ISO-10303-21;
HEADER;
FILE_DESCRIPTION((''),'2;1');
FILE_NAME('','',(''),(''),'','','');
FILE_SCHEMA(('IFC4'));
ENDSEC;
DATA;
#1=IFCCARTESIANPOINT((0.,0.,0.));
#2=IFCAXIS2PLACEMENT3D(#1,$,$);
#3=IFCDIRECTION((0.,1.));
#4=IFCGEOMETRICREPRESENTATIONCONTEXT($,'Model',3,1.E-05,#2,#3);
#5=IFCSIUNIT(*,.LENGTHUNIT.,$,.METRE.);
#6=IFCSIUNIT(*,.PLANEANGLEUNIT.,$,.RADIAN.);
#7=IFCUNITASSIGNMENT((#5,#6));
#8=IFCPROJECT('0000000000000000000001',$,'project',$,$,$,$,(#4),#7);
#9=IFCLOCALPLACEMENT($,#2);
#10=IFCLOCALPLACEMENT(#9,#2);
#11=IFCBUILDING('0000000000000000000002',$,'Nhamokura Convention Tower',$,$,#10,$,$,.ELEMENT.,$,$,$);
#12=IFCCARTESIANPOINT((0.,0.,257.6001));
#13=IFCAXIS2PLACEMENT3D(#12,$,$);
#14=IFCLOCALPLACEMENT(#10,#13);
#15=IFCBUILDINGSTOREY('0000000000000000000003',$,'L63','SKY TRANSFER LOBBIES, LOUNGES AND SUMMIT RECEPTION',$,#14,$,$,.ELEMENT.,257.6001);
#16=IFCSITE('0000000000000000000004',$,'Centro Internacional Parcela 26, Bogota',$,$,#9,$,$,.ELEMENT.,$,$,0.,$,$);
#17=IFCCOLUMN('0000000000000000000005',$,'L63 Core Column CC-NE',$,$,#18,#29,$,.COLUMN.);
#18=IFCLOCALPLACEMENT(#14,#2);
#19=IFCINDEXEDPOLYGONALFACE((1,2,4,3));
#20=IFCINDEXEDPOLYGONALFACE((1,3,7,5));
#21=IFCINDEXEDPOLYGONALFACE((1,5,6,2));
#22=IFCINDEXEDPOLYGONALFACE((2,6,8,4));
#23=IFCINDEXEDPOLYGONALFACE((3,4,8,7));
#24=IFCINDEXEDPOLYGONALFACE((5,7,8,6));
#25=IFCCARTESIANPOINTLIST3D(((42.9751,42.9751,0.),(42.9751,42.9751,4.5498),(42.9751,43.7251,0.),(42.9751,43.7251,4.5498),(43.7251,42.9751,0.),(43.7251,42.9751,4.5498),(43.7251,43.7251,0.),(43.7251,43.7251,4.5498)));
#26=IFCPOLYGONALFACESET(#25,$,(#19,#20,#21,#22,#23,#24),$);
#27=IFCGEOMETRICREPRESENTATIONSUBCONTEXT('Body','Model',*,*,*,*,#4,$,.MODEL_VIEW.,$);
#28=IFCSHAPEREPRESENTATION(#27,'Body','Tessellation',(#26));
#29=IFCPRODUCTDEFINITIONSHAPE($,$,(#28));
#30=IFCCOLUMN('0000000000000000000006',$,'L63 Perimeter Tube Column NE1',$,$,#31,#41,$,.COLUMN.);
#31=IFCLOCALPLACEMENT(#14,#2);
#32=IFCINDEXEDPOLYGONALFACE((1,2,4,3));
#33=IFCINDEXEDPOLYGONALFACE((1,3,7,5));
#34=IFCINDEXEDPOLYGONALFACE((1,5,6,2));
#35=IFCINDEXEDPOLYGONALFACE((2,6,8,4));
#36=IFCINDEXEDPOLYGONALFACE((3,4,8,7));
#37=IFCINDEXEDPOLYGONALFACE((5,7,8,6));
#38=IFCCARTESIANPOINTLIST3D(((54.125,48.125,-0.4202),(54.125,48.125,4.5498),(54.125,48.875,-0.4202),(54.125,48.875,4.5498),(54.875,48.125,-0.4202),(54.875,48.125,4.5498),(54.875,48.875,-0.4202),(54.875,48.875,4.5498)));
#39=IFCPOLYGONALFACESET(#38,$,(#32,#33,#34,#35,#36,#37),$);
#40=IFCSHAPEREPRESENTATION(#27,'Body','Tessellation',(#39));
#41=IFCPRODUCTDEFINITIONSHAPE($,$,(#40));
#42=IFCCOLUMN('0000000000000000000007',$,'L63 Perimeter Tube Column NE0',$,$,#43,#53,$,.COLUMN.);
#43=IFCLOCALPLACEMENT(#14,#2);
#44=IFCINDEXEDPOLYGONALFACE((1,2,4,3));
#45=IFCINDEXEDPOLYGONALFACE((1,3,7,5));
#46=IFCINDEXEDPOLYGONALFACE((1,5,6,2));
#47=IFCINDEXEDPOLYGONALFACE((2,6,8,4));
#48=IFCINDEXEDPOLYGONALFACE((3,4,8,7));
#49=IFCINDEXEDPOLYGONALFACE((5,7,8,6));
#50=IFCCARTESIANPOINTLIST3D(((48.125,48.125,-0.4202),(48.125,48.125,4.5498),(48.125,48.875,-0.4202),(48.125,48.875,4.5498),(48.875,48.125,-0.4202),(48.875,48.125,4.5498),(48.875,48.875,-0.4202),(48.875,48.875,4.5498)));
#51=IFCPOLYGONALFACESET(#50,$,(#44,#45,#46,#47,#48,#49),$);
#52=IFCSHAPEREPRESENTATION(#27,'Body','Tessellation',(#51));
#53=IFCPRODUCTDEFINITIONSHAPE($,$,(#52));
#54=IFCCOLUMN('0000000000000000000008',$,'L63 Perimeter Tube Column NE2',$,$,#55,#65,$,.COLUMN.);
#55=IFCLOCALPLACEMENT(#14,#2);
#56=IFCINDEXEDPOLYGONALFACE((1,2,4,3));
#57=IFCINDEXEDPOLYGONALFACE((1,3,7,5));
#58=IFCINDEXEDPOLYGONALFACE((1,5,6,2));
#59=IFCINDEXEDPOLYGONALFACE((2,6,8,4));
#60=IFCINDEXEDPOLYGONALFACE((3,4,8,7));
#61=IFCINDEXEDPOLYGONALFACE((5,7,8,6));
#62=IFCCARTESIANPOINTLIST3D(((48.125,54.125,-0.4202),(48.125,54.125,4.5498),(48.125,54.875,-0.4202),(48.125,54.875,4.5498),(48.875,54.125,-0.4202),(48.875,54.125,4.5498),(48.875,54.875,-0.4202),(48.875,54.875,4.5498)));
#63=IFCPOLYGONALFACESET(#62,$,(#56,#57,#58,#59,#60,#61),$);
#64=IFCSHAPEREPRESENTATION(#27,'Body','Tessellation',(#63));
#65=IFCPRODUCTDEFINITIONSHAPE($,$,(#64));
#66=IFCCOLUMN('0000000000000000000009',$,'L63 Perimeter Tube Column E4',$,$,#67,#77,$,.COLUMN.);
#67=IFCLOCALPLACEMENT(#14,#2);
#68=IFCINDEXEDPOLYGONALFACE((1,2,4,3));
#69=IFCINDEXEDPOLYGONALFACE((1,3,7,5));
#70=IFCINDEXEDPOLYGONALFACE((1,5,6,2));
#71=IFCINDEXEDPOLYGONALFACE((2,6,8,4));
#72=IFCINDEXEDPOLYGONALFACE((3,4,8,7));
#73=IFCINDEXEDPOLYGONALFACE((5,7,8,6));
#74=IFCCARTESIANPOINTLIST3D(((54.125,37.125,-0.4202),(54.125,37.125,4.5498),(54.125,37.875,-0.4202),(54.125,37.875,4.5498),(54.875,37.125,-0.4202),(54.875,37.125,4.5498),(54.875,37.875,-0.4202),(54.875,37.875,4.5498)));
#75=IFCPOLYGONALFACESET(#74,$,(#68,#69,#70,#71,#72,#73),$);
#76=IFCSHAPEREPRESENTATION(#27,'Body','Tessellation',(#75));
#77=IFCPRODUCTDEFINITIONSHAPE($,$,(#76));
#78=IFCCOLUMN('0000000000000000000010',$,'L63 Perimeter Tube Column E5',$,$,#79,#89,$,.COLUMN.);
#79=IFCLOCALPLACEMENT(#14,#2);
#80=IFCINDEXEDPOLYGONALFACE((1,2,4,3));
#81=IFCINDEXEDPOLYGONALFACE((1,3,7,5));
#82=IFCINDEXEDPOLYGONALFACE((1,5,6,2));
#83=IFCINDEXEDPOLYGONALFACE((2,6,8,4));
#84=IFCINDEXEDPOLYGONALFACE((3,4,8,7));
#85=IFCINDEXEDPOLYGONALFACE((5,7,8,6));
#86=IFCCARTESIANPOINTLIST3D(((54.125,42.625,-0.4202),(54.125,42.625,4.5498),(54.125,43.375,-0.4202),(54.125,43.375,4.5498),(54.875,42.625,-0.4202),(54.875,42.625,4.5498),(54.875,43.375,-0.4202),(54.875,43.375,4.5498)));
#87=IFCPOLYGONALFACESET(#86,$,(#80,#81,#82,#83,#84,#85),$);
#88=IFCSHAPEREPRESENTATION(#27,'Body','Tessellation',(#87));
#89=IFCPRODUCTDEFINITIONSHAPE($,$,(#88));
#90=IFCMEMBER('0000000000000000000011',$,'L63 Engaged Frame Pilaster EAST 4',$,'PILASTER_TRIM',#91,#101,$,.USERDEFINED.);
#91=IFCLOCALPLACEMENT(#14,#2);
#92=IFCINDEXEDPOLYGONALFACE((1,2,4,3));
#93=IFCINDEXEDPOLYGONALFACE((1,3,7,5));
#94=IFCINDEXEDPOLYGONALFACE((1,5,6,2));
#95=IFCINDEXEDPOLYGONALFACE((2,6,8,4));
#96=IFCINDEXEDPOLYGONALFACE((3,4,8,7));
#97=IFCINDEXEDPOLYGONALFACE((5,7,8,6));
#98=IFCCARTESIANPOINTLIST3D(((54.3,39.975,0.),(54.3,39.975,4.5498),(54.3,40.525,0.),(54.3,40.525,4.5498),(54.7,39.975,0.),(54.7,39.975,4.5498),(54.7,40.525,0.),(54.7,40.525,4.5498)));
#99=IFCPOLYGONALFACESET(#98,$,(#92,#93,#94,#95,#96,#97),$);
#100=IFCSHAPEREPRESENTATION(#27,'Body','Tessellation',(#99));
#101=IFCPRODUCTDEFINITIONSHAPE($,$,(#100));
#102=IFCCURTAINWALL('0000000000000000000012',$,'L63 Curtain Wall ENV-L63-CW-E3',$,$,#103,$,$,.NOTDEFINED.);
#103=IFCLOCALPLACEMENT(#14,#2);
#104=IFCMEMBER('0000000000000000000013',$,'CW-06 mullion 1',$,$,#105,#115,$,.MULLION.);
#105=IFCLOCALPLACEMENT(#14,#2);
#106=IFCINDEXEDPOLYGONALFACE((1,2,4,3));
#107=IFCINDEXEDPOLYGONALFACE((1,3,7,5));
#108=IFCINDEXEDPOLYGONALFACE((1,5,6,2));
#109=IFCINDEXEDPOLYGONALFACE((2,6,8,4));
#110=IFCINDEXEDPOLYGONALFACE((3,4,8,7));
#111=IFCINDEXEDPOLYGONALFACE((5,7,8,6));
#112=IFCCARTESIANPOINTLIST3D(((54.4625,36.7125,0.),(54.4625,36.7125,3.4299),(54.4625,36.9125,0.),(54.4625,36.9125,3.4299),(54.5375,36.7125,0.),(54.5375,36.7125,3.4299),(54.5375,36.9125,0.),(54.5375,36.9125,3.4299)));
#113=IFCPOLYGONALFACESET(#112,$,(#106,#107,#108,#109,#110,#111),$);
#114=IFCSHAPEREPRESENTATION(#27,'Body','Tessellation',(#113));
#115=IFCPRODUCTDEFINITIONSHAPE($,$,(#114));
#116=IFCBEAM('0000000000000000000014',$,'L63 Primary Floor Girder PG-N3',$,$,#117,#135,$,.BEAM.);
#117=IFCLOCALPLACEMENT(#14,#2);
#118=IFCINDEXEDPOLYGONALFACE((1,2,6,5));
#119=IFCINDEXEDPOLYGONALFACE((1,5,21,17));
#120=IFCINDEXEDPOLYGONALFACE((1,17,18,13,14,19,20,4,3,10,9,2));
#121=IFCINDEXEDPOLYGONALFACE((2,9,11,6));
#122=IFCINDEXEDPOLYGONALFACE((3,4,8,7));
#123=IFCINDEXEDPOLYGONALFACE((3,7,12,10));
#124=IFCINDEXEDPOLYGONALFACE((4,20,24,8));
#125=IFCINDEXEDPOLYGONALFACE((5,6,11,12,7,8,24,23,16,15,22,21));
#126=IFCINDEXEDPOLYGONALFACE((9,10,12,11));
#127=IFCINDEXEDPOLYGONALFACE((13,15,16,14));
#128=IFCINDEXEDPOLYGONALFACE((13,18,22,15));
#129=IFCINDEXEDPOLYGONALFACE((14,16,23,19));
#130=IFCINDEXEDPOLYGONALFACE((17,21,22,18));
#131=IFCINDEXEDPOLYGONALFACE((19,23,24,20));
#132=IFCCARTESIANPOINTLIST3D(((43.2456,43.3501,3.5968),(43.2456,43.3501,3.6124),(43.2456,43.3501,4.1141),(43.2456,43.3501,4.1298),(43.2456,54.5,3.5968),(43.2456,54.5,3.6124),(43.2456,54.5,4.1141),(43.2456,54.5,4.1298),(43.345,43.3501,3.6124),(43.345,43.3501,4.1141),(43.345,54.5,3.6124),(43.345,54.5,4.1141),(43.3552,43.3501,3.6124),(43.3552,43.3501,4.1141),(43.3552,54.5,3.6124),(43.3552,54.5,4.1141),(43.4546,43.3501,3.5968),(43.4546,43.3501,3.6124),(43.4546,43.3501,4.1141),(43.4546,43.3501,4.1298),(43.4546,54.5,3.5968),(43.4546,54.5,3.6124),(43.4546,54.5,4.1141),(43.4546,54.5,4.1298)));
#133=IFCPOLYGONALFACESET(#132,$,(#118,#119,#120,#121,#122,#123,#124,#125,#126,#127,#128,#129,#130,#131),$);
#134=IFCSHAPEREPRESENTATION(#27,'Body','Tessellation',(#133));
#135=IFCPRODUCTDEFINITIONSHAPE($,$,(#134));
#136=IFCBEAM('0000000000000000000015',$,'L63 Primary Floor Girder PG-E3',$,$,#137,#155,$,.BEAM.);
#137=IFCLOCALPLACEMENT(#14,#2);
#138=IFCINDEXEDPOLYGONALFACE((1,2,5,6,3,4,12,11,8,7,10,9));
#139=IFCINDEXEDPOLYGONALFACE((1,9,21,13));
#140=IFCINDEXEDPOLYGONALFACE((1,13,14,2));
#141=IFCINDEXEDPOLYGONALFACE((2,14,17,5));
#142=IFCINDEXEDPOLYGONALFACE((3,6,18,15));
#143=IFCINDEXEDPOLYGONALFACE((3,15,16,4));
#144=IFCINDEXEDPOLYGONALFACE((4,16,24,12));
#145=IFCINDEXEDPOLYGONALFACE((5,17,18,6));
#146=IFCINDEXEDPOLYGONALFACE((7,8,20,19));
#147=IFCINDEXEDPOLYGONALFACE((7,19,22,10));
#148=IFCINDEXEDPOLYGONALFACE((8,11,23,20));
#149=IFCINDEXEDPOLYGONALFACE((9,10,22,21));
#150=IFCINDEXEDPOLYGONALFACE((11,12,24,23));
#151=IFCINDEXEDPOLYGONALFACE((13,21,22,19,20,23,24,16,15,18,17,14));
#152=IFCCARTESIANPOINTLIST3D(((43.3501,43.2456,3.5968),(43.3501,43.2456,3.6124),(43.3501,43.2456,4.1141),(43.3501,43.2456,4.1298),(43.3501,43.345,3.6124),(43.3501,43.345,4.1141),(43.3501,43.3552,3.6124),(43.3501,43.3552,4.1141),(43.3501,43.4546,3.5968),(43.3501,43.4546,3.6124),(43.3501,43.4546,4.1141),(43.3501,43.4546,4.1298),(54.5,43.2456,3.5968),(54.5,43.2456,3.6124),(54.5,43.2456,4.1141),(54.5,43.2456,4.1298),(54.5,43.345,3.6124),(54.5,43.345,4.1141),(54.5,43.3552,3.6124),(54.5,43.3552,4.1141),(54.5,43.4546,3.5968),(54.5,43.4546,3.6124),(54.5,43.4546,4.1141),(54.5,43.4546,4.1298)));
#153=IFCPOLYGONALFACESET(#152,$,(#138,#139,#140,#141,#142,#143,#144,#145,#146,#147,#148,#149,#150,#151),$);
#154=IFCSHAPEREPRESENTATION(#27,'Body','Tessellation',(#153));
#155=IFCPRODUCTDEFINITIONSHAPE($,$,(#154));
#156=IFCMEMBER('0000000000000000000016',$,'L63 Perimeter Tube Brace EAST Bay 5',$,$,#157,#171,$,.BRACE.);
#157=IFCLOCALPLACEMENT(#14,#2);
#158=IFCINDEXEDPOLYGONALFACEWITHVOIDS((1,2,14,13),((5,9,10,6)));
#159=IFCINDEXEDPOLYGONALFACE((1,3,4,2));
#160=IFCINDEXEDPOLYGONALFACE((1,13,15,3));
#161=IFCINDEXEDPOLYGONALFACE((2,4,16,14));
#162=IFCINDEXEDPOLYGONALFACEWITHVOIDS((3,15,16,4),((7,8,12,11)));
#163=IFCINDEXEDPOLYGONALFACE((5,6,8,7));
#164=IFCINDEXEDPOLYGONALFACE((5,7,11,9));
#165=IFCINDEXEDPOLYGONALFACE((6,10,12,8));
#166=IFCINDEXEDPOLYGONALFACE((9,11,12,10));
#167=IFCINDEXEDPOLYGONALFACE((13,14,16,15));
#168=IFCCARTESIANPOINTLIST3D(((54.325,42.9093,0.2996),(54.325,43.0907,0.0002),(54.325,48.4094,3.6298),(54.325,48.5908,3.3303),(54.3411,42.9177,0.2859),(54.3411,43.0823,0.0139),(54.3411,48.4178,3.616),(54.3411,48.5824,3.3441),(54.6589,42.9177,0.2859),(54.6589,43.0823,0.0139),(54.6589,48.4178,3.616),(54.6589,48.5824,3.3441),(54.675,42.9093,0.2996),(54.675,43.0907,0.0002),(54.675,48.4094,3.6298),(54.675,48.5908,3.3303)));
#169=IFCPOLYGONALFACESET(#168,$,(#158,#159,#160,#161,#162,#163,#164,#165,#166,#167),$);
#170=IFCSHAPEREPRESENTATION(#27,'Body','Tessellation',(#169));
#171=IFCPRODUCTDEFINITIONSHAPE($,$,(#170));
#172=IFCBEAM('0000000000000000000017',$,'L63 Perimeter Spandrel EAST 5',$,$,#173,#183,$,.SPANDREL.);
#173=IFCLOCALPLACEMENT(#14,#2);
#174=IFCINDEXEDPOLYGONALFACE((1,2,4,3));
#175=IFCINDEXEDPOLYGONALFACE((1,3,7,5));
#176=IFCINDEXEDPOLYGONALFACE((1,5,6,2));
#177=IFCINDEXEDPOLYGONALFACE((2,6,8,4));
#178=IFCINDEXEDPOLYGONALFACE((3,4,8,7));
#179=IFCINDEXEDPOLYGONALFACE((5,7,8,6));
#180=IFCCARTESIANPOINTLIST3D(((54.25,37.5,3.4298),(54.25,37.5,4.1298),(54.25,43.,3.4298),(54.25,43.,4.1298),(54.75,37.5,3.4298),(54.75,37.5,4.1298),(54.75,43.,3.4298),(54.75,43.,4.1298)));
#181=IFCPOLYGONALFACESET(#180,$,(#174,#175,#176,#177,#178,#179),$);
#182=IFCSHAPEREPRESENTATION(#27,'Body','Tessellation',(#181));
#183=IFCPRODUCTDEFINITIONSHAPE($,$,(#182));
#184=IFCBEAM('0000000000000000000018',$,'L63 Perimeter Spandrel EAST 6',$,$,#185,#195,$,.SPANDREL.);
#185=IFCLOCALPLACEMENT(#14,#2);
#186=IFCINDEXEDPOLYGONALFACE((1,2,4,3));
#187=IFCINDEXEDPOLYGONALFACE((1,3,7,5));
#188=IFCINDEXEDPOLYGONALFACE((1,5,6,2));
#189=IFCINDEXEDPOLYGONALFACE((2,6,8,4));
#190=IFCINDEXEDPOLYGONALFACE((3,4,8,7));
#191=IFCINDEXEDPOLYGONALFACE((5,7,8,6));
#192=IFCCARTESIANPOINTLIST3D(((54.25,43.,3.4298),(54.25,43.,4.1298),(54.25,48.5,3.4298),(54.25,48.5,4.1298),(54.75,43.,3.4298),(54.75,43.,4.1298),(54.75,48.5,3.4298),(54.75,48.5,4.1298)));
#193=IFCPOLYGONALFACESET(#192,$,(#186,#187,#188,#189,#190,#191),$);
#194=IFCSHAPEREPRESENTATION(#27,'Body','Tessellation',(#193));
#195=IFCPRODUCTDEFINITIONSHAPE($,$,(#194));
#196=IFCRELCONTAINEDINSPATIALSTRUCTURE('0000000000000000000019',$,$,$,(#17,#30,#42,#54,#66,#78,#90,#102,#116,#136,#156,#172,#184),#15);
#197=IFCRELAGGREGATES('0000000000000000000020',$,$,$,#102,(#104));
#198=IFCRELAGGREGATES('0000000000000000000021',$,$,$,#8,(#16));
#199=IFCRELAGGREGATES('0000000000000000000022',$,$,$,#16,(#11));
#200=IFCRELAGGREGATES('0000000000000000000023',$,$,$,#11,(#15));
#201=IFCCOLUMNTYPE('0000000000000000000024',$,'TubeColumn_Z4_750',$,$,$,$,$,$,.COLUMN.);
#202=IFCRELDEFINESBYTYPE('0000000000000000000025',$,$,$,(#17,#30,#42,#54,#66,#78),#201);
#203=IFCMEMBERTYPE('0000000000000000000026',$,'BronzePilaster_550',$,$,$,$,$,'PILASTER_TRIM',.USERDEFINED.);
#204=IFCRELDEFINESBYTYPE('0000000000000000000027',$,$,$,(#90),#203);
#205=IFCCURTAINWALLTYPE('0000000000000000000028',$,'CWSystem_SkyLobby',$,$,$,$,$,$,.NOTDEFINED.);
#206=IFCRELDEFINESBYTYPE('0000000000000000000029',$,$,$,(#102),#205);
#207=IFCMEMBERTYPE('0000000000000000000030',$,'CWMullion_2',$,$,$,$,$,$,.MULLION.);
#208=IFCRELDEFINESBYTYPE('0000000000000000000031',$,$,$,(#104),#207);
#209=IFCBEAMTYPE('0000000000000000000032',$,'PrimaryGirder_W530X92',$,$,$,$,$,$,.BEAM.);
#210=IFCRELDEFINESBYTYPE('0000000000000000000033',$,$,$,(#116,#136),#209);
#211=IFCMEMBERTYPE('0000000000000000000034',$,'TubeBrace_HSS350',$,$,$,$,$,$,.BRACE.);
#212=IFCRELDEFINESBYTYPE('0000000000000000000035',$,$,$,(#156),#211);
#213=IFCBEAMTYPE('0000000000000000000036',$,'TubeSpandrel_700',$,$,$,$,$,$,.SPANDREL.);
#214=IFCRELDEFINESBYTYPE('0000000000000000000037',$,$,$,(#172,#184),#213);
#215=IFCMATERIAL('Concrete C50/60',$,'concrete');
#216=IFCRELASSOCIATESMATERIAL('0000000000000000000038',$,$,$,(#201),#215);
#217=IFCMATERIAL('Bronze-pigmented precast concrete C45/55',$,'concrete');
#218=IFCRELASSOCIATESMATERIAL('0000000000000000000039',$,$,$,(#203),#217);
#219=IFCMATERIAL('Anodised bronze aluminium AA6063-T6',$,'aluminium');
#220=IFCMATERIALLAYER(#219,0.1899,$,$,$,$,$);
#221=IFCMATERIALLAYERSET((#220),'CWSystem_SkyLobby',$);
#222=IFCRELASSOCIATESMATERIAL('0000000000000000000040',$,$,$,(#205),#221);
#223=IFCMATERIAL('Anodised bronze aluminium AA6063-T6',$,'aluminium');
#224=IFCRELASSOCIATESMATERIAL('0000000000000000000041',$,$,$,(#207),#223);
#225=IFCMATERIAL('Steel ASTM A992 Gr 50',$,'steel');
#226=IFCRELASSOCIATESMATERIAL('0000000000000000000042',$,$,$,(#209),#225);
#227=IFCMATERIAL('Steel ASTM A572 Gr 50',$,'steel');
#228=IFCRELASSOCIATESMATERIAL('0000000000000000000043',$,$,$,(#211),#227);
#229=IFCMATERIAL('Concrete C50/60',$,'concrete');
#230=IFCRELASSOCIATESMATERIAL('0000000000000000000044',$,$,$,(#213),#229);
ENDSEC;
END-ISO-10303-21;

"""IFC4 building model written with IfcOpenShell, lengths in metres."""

from ifc_helpers import new_model, si_unit, direction, frame, origin, origin_2d, place, context, subcontext, project, spatial, rectangle, hollow_rectangle, i_section, extrude, material, layer, layer_set, material_profile, profile_set, type_object, element, aggregate, save


model = new_model("IFC4")

# Units and contexts
model_context = context("Model", 3, precision=1e-05, world=origin(), true_north=direction((0.0, 1.0)))
body_context = subcontext(model_context, "Body", "Model", "MODEL_VIEW")
ifc_project = project(units=[si_unit("LENGTHUNIT", "METRE"), si_unit("PLANEANGLEUNIT", "RADIAN")], contexts=[model_context])

# Site, building, storey
site_placement = place(None, origin())
site = spatial("IfcSite", under=ifc_project, at=site_placement, Name="Centro Internacional Parcela 26, Bogota", CompositionType="ELEMENT", RefElevation=0.0)
building_placement = place(site_placement, origin())
building = spatial("IfcBuilding", under=site, at=building_placement, Name="Nhamokura Convention Tower", CompositionType="ELEMENT")
storey_placement = place(building_placement, frame((0.0, 0.0, 257.6001)))
storey = spatial("IfcBuildingStorey", under=building, at=storey_placement, Name="L63", Description="SKY TRANSFER LOBBIES, LOUNGES AND SUMMIT RECEPTION", CompositionType="ELEMENT", Elevation=257.6001)

# Columns
ifc_material_1 = material(Name="Concrete C50/60", Category="concrete")
ifc_material_profile_1 = material_profile(ifc_material_1, rectangle(XDim=0.75, YDim=0.75, at=origin_2d()))
ifc_profile_set_1 = profile_set([ifc_material_profile_1], Name="Concrete C50/60")
column_type = type_object("IfcColumnType", Name="TubeColumn_Z4_750", PredefinedType="COLUMN", material=ifc_profile_set_1)
column_placement = place(storey_placement, frame((43.3501, 43.3501, 0.0), z_axis=(0.0, 0.0, 1.0), x_axis=(1.0, 0.0, 0.0)))
element("IfcColumn", 1, at=column_placement, inside=storey, type_object=column_type, Name="L63 Core Column CC-NE", PredefinedType="COLUMN", context=body_context, shape_type="SweptSolid", body=[
    extrude(rectangle(XDim=0.75, YDim=0.75, at=origin_2d()), origin(), (0.0, 0.0, 1.0), 4.5498),
])
for number, where, z_axis, x_axis, name in (
    (2, (54.5, 48.5, -0.4202), (0.0, 0.0, 1.0), (1.0, 0.0, 0.0), "L63 Perimeter Tube Column NE1"),
    (3, (48.5, 48.5, -0.4202), (0.0, 0.0, 1.0), (1.0, 0.0, 0.0), "L63 Perimeter Tube Column NE0"),
    (4, (48.5, 54.5, -0.4202), (0.0, 0.0, 1.0), (1.0, 0.0, 0.0), "L63 Perimeter Tube Column NE2"),
    (5, (54.5, 37.5, -0.4202), (0.0, 0.0, 1.0), (1.0, 0.0, 0.0), "L63 Perimeter Tube Column E4"),
    (6, (54.5, 43.0, -0.4202), (0.0, 0.0, 1.0), (1.0, 0.0, 0.0), "L63 Perimeter Tube Column E5"),
):
    element("IfcColumn", number, at=place(storey_placement, frame(where, z_axis=z_axis, x_axis=x_axis)), inside=storey, type_object=column_type, Name=name, PredefinedType="COLUMN", context=body_context, shape_type="SweptSolid", body=[
        extrude(rectangle(XDim=0.75, YDim=0.75, at=origin_2d()), origin(), (0.0, 0.0, 1.0), 4.97),
    ])

# Member
ifc_material_2 = material(Name="Bronze-pigmented precast concrete C45/55", Category="concrete")
ifc_material_profile_2 = material_profile(ifc_material_2, rectangle(XDim=0.3999, YDim=0.55, at=origin_2d()))
ifc_profile_set_2 = profile_set([ifc_material_profile_2], Name="Bronze-pigmented precast concrete C45/55")
member_type_1 = type_object("IfcMemberType", Name="BronzePilaster_550", ElementType="PILASTER_TRIM", PredefinedType="USERDEFINED", material=ifc_profile_set_2)
member_1_placement = place(storey_placement, frame((54.5, 40.25, 0.0), z_axis=(0.0, 0.0, 1.0), x_axis=(1.0, 0.0, 0.0)))
element("IfcMember", 7, at=member_1_placement, inside=storey, type_object=member_type_1, Name="L63 Engaged Frame Pilaster EAST 4", ObjectType="PILASTER_TRIM", PredefinedType="USERDEFINED", context=body_context, shape_type="SweptSolid", body=[
    extrude(rectangle(XDim=0.3999, YDim=0.55, at=origin_2d()), origin(), (0.0, 0.0, 1.0), 4.5498),
])

# Curtain wall, member
ifc_material_3 = material(Name="Anodised bronze aluminium AA6063-T6", Category="aluminium")
ifc_layer_1 = layer(ifc_material_3, 0.1899)
ifc_layer_set_1 = layer_set([ifc_layer_1], Name="CWSystem_SkyLobby")
curtain_wall_type = type_object("IfcCurtainWallType", Name="CWSystem_SkyLobby", PredefinedType="NOTDEFINED", material=ifc_layer_set_1)
curtain_wall_placement = place(storey_placement, origin())
curtain_wall = element("IfcCurtainWall", 8, at=curtain_wall_placement, inside=storey, type_object=curtain_wall_type, Name="L63 Curtain Wall ENV-L63-CW-E3", PredefinedType="NOTDEFINED")
ifc_material_4 = material(Name="Anodised bronze aluminium AA6063-T6", Category="aluminium")
ifc_material_profile_3 = material_profile(ifc_material_4, rectangle(XDim=0.075, YDim=0.2, at=origin_2d()))
ifc_profile_set_3 = profile_set([ifc_material_profile_3], Name="Anodised bronze aluminium AA6063-T6")
member_type_2 = type_object("IfcMemberType", Name="CWMullion_2", PredefinedType="MULLION", material=ifc_profile_set_3)
member_2_placement = place(storey_placement, frame((54.5, 36.8125, 0.0), z_axis=(0.0, 0.0, 1.0), x_axis=(1.0, 0.0, 0.0)))
member_2 = element("IfcMember", 9, at=member_2_placement, type_object=member_type_2, Name="CW-06 mullion 1", PredefinedType="MULLION", context=body_context, shape_type="SweptSolid", body=[
    extrude(rectangle(XDim=0.075, YDim=0.2, at=origin_2d()), origin(), (0.0, 0.0, 1.0), 3.4299),
])
aggregate(curtain_wall, [member_2])

# Beams
ifc_material_5 = material(Name="Steel ASTM A992 Gr 50", Category="steel")
ifc_material_profile_4 = material_profile(ifc_material_5, i_section(OverallWidth=0.209, OverallDepth=0.533, WebThickness=0.0103, FlangeThickness=0.0156, at=origin_2d()))
ifc_profile_set_4 = profile_set([ifc_material_profile_4], Name="Steel ASTM A992 Gr 50")
beam_type_1 = type_object("IfcBeamType", Name="PrimaryGirder_W530X92", PredefinedType="BEAM", material=ifc_profile_set_4)
for number, where, z_axis, x_axis, name in (
    (10, (43.3501, 43.3501, 3.8633), (0.0, 1.0, 0.0), (-1.0, 0.0, 0.0), "L63 Primary Floor Girder PG-N3"),
    (11, (43.3501, 43.3501, 3.8633), (1.0, 0.0, 0.0), (0.0, 1.0, 0.0), "L63 Primary Floor Girder PG-E3"),
):
    element("IfcBeam", number, at=place(storey_placement, frame(where, z_axis=z_axis, x_axis=x_axis)), inside=storey, type_object=beam_type_1, Name=name, PredefinedType="BEAM", context=body_context, shape_type="SweptSolid", body=[
        extrude(i_section(OverallWidth=0.209, OverallDepth=0.533, WebThickness=0.0103, FlangeThickness=0.0156, at=origin_2d()), origin(), (0.0, 0.0, 1.0), 11.1499),
    ])

# Member
ifc_material_6 = material(Name="Steel ASTM A572 Gr 50", Category="steel")
ifc_material_profile_5 = material_profile(ifc_material_6, hollow_rectangle(XDim=0.3501, YDim=0.3501, WallThickness=0.0161, at=origin_2d()))
ifc_profile_set_5 = profile_set([ifc_material_profile_5], Name="Steel ASTM A572 Gr 50")
member_type_3 = type_object("IfcMemberType", Name="TubeBrace_HSS350", PredefinedType="BRACE", material=ifc_profile_set_5)
member_3_placement = place(storey_placement, frame((54.5, 43.0, 0.1499), z_axis=(0.0, 0.855422, 0.517931), x_axis=(-1.0, 0.0, 0.0)))
element("IfcMember", 12, at=member_3_placement, inside=storey, type_object=member_type_3, Name="L63 Perimeter Tube Brace EAST Bay 5", PredefinedType="BRACE", context=body_context, shape_type="SweptSolid", body=[
    extrude(hollow_rectangle(XDim=0.3501, YDim=0.3501, WallThickness=0.0161, at=origin_2d()), origin(), (0.0, 0.0, 1.0), 6.4297),
])

# Beams
ifc_material_7 = material(Name="Concrete C50/60", Category="concrete")
ifc_material_profile_6 = material_profile(ifc_material_7, rectangle(XDim=0.5, YDim=0.7, at=origin_2d()))
ifc_profile_set_6 = profile_set([ifc_material_profile_6], Name="Concrete C50/60")
beam_type_2 = type_object("IfcBeamType", Name="TubeSpandrel_700", PredefinedType="SPANDREL", material=ifc_profile_set_6)
for number, where, z_axis, x_axis, name in (
    (13, (54.5, 37.5, 3.7798), (0.0, 1.0, 0.0), (-1.0, 0.0, 0.0), "L63 Perimeter Spandrel EAST 5"),
    (14, (54.5, 43.0, 3.7798), (0.0, 1.0, 0.0), (-1.0, 0.0, 0.0), "L63 Perimeter Spandrel EAST 6"),
):
    element("IfcBeam", number, at=place(storey_placement, frame(where, z_axis=z_axis, x_axis=x_axis)), inside=storey, type_object=beam_type_2, Name=name, PredefinedType="SPANDREL", context=body_context, shape_type="SweptSolid", body=[
        extrude(rectangle(XDim=0.5, YDim=0.7, at=origin_2d()), origin(), (0.0, 0.0, 1.0), 5.5),
    ])

save(model, "model.ifc")
